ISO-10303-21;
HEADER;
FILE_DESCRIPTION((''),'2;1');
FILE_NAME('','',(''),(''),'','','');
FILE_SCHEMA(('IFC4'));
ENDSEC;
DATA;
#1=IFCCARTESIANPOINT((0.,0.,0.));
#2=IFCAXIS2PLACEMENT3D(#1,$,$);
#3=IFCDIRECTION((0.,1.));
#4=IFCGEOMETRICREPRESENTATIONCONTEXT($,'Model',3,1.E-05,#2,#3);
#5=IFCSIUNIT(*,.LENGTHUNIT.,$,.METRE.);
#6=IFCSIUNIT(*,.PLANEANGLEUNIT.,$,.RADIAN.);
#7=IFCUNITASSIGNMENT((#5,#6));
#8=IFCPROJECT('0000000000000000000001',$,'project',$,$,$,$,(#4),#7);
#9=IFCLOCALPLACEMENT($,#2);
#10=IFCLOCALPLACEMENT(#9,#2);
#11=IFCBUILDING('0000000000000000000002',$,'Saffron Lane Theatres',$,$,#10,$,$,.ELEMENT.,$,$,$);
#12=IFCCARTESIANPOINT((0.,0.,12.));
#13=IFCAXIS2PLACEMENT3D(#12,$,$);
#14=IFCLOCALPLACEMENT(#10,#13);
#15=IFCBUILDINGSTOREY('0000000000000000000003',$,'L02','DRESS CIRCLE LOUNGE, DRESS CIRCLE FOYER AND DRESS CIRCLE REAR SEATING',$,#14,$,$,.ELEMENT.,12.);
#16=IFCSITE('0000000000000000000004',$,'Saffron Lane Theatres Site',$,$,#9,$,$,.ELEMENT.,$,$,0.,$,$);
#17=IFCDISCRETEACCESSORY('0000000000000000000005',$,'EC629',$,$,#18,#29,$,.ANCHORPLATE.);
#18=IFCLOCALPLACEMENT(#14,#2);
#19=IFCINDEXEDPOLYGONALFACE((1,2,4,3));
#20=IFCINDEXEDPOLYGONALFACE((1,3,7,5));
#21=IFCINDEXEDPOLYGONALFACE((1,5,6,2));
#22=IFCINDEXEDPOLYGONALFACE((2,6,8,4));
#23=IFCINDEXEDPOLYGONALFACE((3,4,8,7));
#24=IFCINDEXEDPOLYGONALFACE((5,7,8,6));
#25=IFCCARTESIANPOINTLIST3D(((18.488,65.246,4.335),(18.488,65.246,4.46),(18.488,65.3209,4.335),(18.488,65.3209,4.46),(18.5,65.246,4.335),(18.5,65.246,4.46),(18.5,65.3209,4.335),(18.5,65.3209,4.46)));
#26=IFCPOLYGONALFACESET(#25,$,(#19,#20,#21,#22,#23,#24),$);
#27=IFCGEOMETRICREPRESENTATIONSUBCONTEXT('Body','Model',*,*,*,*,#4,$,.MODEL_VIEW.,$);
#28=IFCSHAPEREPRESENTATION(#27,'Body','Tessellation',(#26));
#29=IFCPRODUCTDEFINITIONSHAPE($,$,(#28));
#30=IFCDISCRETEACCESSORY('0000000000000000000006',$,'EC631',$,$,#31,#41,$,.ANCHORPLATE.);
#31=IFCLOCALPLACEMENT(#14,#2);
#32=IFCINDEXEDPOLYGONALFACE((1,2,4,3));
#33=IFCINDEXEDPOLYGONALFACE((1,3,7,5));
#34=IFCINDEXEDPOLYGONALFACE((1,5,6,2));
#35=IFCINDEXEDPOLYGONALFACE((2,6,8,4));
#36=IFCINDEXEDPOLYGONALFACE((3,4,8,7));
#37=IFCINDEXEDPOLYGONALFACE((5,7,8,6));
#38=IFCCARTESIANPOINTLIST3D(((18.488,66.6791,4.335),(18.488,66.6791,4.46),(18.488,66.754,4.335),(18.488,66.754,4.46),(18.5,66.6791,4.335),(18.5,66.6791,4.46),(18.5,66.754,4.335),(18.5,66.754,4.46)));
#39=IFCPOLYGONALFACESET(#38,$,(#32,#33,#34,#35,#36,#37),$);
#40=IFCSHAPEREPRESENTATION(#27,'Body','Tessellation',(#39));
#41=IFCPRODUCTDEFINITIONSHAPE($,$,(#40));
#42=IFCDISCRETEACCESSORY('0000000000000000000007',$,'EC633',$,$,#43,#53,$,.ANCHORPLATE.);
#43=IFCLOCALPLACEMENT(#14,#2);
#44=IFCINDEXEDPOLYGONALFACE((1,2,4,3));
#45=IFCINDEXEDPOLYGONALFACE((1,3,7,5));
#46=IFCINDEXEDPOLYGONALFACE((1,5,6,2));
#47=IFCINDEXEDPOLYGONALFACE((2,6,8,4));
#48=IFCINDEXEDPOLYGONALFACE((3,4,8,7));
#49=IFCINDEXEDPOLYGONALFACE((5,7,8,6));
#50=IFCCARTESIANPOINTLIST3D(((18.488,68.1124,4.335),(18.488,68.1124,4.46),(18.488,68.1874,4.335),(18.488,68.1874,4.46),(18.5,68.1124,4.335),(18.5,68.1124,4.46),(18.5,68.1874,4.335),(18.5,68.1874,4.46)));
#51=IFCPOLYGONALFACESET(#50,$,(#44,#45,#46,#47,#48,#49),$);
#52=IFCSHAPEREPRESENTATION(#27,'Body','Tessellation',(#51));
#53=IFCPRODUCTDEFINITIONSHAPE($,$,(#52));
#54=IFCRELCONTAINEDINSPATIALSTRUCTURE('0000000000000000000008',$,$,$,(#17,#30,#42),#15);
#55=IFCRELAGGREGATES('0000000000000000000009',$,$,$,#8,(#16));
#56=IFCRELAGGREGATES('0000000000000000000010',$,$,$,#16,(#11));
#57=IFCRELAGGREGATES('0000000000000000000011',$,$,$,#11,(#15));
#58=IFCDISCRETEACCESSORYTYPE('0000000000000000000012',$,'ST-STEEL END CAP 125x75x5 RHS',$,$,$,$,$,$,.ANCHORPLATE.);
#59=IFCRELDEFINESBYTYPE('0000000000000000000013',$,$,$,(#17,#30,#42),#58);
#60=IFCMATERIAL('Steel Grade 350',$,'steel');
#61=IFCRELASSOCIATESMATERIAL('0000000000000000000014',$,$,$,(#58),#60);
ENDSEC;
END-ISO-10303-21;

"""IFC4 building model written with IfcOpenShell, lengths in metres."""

from ifc_helpers import new_model, si_unit, direction, frame, origin, origin_2d, place, context, subcontext, project, spatial, rectangle, extrude, material, material_profile, profile_set, type_object, element, save


model = new_model("IFC4")

# Units and contexts
model_context = context("Model", 3, precision=1e-05, world=origin(), true_north=direction((0.0, 1.0)))
body_context = subcontext(model_context, "Body", "Model", "MODEL_VIEW")
ifc_project = project(units=[si_unit("LENGTHUNIT", "METRE"), si_unit("PLANEANGLEUNIT", "RADIAN")], contexts=[model_context])

# Site, building, storey
site_placement = place(None, origin())
site = spatial("IfcSite", under=ifc_project, at=site_placement, Name="Saffron Lane Theatres Site", CompositionType="ELEMENT", RefElevation=0.0)
building_placement = place(site_placement, origin())
building = spatial("IfcBuilding", under=site, at=building_placement, Name="Saffron Lane Theatres", CompositionType="ELEMENT")
storey_placement = place(building_placement, frame((0.0, 0.0, 12.0)))
storey = spatial("IfcBuildingStorey", under=building, at=storey_placement, Name="L02", Description="DRESS CIRCLE LOUNGE, DRESS CIRCLE FOYER AND DRESS CIRCLE REAR SEATING", CompositionType="ELEMENT", Elevation=12.0)

# Discrete accessories
ifc_material_1 = material(Name="Steel Grade 350", Category="steel")
ifc_material_profile_1 = material_profile(ifc_material_1, rectangle(XDim=0.075, YDim=0.125, at=origin_2d()))
ifc_profile_set_1 = profile_set([ifc_material_profile_1], Name="Steel Grade 350")
discrete_accessory_type = type_object("IfcDiscreteAccessoryType", Name="ST-STEEL END CAP 125x75x5 RHS", PredefinedType="ANCHORPLATE", material=ifc_profile_set_1)
for number, where, z_axis, x_axis, name in (
    (1, (18.488, 65.2834, 4.3975), (1.0, 0.0, 0.0), (0.0, 1.0, 0.0), "EC629"),
    (2, (18.488, 66.7166, 4.3975), (1.0, 0.0, 0.0), (0.0, 1.0, 0.0), "EC631"),
    (3, (18.488, 68.1499, 4.3975), (1.0, 0.0, 0.0), (0.0, 1.0, 0.0), "EC633"),
):
    element("IfcDiscreteAccessory", number, at=place(storey_placement, frame(where, z_axis=z_axis, x_axis=x_axis)), inside=storey, type_object=discrete_accessory_type, Name=name, PredefinedType="ANCHORPLATE", context=body_context, shape_type="SweptSolid", body=[
        extrude(rectangle(XDim=0.075, YDim=0.125, at=origin_2d()), origin(), (0.0, 0.0, 1.0), 0.012),
    ])

save(model, "model.ifc")
